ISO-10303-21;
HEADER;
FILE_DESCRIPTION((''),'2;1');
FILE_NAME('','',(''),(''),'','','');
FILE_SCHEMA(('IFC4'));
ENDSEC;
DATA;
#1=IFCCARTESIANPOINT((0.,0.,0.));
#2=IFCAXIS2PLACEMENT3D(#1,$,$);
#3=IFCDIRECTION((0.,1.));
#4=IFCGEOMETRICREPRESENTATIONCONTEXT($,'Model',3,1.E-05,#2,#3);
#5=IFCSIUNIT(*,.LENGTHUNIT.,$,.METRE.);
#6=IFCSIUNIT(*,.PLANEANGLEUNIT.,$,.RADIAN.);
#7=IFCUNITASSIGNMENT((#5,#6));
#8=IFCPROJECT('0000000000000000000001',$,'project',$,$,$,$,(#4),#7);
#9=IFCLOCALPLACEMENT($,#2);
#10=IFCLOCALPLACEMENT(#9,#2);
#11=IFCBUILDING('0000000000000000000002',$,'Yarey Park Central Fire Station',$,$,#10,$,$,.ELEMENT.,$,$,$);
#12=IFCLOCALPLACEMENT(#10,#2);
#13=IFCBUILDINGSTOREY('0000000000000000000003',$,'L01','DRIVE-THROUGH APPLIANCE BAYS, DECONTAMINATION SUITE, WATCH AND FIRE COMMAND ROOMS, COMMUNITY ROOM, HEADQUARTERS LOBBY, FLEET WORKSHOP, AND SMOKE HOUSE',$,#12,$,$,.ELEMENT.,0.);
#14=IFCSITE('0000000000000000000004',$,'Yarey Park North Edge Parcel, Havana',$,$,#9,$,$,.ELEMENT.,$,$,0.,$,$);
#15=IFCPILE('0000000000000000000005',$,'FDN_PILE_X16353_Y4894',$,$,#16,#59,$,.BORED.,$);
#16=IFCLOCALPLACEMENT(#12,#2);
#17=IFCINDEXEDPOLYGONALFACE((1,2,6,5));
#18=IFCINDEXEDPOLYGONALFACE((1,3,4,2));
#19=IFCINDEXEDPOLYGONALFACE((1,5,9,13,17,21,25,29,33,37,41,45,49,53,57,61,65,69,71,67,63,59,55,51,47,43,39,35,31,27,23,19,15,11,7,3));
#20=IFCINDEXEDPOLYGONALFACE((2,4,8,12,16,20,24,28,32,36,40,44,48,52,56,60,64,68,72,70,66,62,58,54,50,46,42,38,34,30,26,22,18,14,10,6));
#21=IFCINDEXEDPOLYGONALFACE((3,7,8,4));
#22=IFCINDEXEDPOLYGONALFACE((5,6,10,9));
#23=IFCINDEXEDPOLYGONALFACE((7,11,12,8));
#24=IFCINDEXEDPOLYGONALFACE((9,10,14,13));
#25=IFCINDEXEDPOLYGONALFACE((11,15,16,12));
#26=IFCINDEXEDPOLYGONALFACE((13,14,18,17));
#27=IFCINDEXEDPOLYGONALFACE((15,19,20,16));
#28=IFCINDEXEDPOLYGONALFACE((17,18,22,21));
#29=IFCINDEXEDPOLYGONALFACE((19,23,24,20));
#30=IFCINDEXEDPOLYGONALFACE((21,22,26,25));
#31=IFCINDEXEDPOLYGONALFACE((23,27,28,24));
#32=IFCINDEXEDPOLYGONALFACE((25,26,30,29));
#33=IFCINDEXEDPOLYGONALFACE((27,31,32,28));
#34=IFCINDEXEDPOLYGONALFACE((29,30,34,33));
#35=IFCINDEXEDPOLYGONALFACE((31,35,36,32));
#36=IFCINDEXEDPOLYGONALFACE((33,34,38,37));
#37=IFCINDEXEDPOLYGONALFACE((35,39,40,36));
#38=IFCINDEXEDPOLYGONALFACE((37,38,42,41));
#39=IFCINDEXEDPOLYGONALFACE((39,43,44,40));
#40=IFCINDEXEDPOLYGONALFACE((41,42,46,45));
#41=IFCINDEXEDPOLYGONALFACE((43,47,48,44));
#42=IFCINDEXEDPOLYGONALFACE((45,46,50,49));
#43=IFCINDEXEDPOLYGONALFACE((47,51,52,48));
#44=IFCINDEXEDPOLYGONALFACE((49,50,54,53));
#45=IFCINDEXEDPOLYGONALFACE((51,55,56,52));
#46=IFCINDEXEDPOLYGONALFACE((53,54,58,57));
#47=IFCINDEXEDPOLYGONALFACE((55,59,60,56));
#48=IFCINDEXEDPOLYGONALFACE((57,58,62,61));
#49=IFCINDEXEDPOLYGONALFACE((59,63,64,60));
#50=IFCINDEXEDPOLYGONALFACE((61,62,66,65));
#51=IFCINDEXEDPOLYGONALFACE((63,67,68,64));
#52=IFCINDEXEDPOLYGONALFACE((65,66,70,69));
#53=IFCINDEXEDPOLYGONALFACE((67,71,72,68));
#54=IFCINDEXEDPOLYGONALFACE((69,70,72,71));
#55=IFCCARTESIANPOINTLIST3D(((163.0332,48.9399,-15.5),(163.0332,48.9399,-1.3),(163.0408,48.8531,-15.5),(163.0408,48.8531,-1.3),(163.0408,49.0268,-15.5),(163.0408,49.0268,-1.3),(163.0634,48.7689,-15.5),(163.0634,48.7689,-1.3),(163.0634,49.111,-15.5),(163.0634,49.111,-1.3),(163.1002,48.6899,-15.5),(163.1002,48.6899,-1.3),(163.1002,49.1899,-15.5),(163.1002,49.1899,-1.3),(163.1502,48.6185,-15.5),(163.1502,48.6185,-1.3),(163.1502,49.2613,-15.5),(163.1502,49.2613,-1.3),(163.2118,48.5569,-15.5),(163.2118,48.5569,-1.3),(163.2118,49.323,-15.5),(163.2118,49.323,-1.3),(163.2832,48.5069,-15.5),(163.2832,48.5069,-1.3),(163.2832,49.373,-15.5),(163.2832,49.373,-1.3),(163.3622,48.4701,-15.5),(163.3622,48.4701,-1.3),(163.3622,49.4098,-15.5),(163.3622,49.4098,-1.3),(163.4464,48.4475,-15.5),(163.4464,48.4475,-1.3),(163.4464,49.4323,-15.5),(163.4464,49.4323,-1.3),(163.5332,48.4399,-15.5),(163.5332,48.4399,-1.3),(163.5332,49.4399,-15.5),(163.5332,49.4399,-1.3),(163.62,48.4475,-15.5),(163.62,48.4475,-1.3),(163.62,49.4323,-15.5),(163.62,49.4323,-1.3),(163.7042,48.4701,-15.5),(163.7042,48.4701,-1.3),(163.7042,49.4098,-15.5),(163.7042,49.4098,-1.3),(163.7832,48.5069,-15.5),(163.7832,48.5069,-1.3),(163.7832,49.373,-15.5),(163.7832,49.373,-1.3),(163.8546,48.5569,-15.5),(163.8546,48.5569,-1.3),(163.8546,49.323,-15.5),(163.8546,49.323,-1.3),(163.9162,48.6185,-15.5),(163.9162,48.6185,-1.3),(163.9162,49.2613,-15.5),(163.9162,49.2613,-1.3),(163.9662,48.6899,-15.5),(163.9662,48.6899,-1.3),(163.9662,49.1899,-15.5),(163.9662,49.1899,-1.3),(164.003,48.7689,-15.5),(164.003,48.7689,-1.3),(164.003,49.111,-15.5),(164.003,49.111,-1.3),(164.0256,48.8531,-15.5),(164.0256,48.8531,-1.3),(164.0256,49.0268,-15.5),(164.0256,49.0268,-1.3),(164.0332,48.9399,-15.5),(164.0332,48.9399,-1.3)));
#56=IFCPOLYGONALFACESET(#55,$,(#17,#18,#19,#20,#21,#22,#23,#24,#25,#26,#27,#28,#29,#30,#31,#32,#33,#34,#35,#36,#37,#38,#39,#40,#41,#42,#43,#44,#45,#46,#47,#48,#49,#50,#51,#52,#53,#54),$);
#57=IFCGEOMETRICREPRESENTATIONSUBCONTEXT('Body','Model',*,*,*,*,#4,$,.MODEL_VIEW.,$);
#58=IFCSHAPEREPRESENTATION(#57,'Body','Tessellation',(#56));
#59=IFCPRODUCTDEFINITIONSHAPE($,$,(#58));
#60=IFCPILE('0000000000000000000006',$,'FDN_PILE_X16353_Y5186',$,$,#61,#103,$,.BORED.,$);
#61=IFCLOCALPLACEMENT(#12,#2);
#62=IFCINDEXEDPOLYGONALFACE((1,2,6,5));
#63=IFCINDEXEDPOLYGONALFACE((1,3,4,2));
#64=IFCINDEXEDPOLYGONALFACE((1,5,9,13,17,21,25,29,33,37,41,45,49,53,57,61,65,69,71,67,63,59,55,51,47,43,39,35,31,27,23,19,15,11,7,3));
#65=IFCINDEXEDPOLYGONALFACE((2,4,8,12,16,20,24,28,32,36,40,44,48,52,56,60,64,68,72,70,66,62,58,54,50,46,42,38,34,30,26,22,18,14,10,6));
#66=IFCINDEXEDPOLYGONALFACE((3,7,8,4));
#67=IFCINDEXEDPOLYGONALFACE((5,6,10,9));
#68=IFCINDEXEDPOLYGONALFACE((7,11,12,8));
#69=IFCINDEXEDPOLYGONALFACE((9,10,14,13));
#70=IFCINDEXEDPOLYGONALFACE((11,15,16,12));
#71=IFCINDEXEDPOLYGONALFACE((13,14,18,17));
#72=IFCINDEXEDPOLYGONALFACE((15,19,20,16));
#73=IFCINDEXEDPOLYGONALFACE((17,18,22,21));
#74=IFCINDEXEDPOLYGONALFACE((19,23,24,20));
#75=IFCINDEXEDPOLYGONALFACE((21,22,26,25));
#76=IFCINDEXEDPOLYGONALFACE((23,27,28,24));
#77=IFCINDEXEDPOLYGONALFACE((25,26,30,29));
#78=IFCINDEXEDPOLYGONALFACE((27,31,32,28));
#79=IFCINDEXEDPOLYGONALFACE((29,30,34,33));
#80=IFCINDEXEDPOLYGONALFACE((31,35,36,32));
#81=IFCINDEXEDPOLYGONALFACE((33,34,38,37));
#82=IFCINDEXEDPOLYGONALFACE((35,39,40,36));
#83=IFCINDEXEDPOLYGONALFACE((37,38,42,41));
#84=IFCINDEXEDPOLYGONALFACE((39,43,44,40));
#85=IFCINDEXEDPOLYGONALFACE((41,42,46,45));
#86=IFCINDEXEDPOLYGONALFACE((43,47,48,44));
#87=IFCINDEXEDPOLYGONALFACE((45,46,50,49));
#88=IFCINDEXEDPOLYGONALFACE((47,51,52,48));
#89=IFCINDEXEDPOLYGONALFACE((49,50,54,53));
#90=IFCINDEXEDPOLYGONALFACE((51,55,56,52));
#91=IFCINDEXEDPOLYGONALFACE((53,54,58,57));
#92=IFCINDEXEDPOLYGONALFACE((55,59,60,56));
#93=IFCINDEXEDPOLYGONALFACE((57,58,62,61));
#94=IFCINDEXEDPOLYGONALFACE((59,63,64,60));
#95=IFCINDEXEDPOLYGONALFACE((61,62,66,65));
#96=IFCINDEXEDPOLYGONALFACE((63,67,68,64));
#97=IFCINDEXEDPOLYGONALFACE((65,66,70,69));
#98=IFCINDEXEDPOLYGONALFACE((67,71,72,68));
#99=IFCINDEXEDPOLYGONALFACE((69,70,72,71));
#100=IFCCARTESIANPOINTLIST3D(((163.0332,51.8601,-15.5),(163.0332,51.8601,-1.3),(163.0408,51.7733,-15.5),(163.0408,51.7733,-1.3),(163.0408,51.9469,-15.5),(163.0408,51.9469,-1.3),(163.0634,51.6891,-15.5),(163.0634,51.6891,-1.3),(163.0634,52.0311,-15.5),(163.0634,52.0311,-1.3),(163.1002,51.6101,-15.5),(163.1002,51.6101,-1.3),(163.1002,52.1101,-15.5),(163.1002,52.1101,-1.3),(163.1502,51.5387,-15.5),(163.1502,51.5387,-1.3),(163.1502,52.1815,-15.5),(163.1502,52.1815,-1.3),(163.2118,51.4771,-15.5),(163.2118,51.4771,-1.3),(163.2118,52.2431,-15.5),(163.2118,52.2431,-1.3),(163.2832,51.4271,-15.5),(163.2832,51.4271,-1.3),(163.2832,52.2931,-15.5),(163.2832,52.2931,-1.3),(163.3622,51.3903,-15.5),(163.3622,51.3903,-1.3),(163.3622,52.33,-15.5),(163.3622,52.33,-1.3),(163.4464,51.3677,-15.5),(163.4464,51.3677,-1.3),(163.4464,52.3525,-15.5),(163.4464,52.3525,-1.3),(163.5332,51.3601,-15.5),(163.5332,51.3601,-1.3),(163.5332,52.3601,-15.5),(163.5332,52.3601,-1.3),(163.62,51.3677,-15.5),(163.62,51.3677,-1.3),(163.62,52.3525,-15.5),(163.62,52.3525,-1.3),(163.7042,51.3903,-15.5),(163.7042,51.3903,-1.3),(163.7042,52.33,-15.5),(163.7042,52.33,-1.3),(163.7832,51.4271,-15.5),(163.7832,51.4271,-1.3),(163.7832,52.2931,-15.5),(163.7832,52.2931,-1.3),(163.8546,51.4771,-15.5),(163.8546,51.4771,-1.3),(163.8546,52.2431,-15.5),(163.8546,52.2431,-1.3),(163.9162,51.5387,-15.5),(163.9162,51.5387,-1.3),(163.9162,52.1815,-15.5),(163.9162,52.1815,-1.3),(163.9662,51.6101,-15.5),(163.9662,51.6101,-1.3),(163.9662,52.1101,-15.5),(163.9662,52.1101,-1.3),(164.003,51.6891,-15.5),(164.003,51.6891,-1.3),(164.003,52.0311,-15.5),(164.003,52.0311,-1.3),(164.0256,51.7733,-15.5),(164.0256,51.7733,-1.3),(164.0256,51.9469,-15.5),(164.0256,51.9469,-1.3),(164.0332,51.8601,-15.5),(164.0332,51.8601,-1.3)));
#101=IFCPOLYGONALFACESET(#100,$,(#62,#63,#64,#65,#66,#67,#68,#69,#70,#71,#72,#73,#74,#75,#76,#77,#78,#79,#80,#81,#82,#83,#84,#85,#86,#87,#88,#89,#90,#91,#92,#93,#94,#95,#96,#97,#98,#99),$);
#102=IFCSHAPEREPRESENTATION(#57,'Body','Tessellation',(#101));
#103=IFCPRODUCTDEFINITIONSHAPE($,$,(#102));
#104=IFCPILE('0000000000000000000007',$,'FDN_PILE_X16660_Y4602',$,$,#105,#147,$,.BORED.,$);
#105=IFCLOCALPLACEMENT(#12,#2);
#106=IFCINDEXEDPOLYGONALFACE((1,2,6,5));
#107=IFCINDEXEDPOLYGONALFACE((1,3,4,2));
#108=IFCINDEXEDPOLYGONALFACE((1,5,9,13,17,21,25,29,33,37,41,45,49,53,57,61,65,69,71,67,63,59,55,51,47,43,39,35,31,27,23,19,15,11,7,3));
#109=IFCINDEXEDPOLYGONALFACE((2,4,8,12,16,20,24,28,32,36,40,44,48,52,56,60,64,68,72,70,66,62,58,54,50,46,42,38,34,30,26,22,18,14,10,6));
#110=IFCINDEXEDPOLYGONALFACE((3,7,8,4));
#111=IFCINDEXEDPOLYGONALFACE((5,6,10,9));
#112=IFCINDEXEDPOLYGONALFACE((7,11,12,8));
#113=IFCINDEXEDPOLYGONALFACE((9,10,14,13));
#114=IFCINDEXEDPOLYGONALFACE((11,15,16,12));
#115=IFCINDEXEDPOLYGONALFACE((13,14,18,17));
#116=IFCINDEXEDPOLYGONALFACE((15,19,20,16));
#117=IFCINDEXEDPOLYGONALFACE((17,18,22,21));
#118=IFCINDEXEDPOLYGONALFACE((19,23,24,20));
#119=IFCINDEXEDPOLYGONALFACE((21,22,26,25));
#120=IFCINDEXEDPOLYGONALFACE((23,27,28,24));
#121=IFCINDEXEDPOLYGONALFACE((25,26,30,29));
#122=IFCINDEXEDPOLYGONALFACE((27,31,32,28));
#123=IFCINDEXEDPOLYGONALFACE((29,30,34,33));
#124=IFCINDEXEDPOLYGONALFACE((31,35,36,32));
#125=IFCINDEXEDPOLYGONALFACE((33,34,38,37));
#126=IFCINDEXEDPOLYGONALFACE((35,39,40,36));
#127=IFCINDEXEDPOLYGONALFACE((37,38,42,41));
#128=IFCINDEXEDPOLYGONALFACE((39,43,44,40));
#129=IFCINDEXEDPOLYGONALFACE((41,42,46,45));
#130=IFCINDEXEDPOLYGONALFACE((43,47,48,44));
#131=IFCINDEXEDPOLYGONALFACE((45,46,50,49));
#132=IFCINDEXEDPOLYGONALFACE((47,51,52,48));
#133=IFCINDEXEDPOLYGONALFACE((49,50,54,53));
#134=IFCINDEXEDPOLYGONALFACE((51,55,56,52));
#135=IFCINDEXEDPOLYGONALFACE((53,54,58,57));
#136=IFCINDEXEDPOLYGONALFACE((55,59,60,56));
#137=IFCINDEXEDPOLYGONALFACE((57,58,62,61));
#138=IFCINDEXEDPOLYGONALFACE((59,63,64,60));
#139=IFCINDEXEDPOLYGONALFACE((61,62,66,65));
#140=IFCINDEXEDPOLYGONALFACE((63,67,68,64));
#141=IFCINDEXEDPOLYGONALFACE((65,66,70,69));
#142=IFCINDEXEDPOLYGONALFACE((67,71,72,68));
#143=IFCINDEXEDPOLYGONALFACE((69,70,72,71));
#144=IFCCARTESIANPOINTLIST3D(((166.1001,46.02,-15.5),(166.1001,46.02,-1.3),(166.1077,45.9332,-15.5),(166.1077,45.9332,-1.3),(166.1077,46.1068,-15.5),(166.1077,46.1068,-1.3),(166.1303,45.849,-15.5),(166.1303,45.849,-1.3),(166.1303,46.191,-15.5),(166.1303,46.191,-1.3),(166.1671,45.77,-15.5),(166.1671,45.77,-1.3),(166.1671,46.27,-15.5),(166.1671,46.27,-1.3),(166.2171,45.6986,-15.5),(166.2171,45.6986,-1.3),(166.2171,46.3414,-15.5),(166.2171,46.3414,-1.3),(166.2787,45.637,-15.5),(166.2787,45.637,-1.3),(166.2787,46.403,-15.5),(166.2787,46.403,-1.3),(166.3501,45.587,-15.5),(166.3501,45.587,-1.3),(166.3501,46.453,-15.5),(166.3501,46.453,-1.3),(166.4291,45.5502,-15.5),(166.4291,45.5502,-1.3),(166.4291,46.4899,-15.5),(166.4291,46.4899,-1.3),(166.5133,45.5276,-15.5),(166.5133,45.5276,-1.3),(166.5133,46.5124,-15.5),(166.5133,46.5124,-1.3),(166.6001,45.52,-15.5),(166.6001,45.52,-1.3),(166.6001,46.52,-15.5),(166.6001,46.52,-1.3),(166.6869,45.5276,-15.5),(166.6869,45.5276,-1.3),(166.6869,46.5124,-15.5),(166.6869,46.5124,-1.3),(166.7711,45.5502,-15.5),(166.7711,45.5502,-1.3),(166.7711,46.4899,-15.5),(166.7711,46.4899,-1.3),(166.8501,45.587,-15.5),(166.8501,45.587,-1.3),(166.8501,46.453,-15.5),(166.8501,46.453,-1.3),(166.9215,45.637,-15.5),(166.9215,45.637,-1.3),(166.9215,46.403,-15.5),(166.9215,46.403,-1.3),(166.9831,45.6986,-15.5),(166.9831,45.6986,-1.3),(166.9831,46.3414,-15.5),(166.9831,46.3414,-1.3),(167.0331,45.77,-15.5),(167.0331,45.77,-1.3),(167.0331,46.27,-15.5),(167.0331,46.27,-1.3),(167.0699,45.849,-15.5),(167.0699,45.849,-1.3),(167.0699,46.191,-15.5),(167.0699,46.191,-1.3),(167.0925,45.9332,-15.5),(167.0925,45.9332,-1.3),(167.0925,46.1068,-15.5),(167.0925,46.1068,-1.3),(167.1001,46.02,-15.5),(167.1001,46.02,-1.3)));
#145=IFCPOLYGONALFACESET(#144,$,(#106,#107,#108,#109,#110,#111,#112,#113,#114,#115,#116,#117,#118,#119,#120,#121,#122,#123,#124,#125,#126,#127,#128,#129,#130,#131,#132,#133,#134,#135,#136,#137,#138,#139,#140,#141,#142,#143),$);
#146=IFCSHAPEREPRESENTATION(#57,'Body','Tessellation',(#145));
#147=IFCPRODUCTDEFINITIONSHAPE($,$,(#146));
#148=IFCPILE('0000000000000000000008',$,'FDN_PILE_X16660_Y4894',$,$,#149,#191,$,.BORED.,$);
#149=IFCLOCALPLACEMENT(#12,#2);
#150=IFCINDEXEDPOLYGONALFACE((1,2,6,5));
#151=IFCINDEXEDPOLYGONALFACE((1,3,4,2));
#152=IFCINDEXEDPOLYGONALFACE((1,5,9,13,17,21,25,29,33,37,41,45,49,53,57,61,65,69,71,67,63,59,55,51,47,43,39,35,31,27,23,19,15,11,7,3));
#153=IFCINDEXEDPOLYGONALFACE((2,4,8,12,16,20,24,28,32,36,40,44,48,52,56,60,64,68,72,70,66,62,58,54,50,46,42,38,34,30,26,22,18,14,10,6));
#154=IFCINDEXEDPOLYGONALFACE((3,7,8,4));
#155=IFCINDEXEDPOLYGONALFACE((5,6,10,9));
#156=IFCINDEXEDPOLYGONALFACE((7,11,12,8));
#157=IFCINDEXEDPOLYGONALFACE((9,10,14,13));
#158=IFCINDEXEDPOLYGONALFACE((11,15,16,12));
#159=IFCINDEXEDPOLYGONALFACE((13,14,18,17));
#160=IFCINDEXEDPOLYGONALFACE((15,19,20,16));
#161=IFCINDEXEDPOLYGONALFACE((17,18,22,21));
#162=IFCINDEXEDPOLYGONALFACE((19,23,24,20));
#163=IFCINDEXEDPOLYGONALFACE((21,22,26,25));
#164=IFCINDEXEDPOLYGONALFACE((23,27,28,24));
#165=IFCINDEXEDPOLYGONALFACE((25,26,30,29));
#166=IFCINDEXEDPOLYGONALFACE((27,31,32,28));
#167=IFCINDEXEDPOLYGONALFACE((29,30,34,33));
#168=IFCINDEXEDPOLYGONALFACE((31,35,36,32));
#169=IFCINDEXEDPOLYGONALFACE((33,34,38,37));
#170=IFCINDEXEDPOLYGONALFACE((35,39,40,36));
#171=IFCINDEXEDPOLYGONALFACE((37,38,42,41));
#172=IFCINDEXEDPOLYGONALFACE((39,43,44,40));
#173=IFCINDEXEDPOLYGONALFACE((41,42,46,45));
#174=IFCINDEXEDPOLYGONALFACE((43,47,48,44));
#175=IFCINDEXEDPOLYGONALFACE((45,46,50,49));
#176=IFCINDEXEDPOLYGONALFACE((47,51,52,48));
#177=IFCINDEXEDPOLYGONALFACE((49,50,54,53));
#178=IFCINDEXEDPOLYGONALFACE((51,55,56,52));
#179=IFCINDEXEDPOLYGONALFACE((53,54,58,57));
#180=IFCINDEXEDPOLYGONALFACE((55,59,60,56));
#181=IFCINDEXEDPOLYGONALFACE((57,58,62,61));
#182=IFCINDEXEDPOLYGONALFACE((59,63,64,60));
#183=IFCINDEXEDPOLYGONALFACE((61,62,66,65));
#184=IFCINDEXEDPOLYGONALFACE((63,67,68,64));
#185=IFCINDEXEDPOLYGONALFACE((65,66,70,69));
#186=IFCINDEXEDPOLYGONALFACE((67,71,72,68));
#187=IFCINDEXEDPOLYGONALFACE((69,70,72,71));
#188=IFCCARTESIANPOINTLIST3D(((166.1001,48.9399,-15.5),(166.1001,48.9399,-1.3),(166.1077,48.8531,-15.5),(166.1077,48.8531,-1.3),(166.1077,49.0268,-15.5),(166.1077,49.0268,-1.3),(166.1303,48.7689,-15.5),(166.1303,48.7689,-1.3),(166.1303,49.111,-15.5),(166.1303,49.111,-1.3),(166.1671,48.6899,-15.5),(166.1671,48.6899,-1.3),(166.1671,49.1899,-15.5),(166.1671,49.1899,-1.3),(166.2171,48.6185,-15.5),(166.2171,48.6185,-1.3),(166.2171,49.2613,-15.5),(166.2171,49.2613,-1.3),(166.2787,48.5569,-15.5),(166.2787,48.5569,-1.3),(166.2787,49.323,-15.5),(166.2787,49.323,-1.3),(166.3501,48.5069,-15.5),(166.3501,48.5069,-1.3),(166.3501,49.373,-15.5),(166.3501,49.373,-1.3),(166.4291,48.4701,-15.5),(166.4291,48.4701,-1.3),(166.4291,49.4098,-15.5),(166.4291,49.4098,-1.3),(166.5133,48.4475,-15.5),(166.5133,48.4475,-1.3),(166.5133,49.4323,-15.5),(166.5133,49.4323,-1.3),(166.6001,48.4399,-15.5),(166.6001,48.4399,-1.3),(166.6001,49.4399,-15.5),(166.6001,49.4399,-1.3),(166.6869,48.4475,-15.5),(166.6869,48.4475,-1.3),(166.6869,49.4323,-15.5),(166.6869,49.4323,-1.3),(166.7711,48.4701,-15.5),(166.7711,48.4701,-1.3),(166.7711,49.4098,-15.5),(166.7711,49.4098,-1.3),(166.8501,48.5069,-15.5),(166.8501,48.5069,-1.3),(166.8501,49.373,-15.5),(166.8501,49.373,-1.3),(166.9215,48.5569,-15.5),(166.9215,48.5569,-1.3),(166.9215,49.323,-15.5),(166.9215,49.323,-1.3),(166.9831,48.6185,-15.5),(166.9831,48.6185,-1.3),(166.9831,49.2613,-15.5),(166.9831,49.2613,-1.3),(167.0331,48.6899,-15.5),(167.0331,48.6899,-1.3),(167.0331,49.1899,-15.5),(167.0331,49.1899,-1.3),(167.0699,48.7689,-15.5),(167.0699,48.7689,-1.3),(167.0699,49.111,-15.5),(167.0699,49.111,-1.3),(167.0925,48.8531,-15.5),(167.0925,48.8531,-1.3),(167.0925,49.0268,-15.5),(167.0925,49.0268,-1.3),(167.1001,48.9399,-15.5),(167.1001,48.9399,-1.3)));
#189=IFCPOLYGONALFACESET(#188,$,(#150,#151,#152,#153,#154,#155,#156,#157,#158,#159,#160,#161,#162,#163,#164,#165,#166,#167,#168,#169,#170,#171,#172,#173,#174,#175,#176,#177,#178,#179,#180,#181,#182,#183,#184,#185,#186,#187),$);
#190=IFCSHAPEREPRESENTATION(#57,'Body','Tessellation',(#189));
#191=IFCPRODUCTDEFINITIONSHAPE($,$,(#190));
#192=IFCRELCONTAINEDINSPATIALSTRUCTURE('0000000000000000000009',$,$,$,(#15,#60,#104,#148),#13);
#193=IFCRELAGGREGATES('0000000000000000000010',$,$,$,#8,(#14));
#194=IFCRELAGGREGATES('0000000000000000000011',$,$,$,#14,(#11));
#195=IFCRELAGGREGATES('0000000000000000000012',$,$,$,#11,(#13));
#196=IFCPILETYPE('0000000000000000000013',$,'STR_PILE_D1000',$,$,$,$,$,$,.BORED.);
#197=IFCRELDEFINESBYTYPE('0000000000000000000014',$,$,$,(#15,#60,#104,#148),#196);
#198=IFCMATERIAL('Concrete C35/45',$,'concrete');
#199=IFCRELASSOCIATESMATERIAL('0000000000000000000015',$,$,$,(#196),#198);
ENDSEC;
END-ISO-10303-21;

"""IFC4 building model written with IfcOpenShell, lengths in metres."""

from ifc_helpers import new_model, si_unit, direction, frame, origin, origin_2d, place, context, subcontext, project, spatial, circle, extrude, material, material_profile, profile_set, type_object, element, save


model = new_model("IFC4")

# Units and contexts
model_context = context("Model", 3, precision=1e-05, world=origin(), true_north=direction((0.0, 1.0)))
body_context = subcontext(model_context, "Body", "Model", "MODEL_VIEW")
ifc_project = project(units=[si_unit("LENGTHUNIT", "METRE"), si_unit("PLANEANGLEUNIT", "RADIAN")], contexts=[model_context])

# Site, building, storey
site_placement = place(None, origin())
site = spatial("IfcSite", under=ifc_project, at=site_placement, Name="Yarey Park North Edge Parcel, Havana", CompositionType="ELEMENT", RefElevation=0.0)
building_placement = place(site_placement, origin())
building = spatial("IfcBuilding", under=site, at=building_placement, Name="Yarey Park Central Fire Station", CompositionType="ELEMENT")
storey_placement = place(building_placement, origin())
storey = spatial("IfcBuildingStorey", under=building, at=storey_placement, Name="L01", Description="DRIVE-THROUGH APPLIANCE BAYS, DECONTAMINATION SUITE, WATCH AND FIRE COMMAND ROOMS, COMMUNITY ROOM, HEADQUARTERS LOBBY, FLEET WORKSHOP, AND SMOKE HOUSE", CompositionType="ELEMENT", Elevation=0.0)

# Shared definitions
ifc_material_1 = material(Name="Concrete C35/45", Category="concrete")

# Piles
ifc_material_profile_1 = material_profile(ifc_material_1, circle(Radius=0.5, at=origin_2d()), Name="BORED PILE D1000")
ifc_profile_set_1 = profile_set([ifc_material_profile_1], Name="Concrete C35/45")
pile_type_1 = type_object("IfcPileType", Name="STR_PILE_D1000", PredefinedType="BORED", material=ifc_profile_set_1)
for number, where, z_axis, x_axis, name in (
    (1, (163.5332, 48.9399, -1.3), (0.0, 0.0, -1.0), (1.0, 0.0, 0.0), "FDN_PILE_X16353_Y4894"),
    (2, (163.5332, 51.8601, -1.3), (0.0, 0.0, -1.0), (1.0, 0.0, 0.0), "FDN_PILE_X16353_Y5186"),
    (3, (166.6001, 46.02, -1.3), (0.0, 0.0, -1.0), (1.0, 0.0, 0.0), "FDN_PILE_X16660_Y4602"),
    (4, (166.6001, 48.9399, -1.3), (0.0, 0.0, -1.0), (1.0, 0.0, 0.0), "FDN_PILE_X16660_Y4894"),
):
    element("IfcPile", number, at=place(storey_placement, frame(where, z_axis=z_axis, x_axis=x_axis)), inside=storey, type_object=pile_type_1, Name=name, PredefinedType="BORED", context=body_context, shape_type="SweptSolid", body=[
        extrude(circle(Radius=0.5, at=origin_2d()), origin(), (0.0, 0.0, 1.0), 14.2),
    ])

save(model, "model.ifc")
